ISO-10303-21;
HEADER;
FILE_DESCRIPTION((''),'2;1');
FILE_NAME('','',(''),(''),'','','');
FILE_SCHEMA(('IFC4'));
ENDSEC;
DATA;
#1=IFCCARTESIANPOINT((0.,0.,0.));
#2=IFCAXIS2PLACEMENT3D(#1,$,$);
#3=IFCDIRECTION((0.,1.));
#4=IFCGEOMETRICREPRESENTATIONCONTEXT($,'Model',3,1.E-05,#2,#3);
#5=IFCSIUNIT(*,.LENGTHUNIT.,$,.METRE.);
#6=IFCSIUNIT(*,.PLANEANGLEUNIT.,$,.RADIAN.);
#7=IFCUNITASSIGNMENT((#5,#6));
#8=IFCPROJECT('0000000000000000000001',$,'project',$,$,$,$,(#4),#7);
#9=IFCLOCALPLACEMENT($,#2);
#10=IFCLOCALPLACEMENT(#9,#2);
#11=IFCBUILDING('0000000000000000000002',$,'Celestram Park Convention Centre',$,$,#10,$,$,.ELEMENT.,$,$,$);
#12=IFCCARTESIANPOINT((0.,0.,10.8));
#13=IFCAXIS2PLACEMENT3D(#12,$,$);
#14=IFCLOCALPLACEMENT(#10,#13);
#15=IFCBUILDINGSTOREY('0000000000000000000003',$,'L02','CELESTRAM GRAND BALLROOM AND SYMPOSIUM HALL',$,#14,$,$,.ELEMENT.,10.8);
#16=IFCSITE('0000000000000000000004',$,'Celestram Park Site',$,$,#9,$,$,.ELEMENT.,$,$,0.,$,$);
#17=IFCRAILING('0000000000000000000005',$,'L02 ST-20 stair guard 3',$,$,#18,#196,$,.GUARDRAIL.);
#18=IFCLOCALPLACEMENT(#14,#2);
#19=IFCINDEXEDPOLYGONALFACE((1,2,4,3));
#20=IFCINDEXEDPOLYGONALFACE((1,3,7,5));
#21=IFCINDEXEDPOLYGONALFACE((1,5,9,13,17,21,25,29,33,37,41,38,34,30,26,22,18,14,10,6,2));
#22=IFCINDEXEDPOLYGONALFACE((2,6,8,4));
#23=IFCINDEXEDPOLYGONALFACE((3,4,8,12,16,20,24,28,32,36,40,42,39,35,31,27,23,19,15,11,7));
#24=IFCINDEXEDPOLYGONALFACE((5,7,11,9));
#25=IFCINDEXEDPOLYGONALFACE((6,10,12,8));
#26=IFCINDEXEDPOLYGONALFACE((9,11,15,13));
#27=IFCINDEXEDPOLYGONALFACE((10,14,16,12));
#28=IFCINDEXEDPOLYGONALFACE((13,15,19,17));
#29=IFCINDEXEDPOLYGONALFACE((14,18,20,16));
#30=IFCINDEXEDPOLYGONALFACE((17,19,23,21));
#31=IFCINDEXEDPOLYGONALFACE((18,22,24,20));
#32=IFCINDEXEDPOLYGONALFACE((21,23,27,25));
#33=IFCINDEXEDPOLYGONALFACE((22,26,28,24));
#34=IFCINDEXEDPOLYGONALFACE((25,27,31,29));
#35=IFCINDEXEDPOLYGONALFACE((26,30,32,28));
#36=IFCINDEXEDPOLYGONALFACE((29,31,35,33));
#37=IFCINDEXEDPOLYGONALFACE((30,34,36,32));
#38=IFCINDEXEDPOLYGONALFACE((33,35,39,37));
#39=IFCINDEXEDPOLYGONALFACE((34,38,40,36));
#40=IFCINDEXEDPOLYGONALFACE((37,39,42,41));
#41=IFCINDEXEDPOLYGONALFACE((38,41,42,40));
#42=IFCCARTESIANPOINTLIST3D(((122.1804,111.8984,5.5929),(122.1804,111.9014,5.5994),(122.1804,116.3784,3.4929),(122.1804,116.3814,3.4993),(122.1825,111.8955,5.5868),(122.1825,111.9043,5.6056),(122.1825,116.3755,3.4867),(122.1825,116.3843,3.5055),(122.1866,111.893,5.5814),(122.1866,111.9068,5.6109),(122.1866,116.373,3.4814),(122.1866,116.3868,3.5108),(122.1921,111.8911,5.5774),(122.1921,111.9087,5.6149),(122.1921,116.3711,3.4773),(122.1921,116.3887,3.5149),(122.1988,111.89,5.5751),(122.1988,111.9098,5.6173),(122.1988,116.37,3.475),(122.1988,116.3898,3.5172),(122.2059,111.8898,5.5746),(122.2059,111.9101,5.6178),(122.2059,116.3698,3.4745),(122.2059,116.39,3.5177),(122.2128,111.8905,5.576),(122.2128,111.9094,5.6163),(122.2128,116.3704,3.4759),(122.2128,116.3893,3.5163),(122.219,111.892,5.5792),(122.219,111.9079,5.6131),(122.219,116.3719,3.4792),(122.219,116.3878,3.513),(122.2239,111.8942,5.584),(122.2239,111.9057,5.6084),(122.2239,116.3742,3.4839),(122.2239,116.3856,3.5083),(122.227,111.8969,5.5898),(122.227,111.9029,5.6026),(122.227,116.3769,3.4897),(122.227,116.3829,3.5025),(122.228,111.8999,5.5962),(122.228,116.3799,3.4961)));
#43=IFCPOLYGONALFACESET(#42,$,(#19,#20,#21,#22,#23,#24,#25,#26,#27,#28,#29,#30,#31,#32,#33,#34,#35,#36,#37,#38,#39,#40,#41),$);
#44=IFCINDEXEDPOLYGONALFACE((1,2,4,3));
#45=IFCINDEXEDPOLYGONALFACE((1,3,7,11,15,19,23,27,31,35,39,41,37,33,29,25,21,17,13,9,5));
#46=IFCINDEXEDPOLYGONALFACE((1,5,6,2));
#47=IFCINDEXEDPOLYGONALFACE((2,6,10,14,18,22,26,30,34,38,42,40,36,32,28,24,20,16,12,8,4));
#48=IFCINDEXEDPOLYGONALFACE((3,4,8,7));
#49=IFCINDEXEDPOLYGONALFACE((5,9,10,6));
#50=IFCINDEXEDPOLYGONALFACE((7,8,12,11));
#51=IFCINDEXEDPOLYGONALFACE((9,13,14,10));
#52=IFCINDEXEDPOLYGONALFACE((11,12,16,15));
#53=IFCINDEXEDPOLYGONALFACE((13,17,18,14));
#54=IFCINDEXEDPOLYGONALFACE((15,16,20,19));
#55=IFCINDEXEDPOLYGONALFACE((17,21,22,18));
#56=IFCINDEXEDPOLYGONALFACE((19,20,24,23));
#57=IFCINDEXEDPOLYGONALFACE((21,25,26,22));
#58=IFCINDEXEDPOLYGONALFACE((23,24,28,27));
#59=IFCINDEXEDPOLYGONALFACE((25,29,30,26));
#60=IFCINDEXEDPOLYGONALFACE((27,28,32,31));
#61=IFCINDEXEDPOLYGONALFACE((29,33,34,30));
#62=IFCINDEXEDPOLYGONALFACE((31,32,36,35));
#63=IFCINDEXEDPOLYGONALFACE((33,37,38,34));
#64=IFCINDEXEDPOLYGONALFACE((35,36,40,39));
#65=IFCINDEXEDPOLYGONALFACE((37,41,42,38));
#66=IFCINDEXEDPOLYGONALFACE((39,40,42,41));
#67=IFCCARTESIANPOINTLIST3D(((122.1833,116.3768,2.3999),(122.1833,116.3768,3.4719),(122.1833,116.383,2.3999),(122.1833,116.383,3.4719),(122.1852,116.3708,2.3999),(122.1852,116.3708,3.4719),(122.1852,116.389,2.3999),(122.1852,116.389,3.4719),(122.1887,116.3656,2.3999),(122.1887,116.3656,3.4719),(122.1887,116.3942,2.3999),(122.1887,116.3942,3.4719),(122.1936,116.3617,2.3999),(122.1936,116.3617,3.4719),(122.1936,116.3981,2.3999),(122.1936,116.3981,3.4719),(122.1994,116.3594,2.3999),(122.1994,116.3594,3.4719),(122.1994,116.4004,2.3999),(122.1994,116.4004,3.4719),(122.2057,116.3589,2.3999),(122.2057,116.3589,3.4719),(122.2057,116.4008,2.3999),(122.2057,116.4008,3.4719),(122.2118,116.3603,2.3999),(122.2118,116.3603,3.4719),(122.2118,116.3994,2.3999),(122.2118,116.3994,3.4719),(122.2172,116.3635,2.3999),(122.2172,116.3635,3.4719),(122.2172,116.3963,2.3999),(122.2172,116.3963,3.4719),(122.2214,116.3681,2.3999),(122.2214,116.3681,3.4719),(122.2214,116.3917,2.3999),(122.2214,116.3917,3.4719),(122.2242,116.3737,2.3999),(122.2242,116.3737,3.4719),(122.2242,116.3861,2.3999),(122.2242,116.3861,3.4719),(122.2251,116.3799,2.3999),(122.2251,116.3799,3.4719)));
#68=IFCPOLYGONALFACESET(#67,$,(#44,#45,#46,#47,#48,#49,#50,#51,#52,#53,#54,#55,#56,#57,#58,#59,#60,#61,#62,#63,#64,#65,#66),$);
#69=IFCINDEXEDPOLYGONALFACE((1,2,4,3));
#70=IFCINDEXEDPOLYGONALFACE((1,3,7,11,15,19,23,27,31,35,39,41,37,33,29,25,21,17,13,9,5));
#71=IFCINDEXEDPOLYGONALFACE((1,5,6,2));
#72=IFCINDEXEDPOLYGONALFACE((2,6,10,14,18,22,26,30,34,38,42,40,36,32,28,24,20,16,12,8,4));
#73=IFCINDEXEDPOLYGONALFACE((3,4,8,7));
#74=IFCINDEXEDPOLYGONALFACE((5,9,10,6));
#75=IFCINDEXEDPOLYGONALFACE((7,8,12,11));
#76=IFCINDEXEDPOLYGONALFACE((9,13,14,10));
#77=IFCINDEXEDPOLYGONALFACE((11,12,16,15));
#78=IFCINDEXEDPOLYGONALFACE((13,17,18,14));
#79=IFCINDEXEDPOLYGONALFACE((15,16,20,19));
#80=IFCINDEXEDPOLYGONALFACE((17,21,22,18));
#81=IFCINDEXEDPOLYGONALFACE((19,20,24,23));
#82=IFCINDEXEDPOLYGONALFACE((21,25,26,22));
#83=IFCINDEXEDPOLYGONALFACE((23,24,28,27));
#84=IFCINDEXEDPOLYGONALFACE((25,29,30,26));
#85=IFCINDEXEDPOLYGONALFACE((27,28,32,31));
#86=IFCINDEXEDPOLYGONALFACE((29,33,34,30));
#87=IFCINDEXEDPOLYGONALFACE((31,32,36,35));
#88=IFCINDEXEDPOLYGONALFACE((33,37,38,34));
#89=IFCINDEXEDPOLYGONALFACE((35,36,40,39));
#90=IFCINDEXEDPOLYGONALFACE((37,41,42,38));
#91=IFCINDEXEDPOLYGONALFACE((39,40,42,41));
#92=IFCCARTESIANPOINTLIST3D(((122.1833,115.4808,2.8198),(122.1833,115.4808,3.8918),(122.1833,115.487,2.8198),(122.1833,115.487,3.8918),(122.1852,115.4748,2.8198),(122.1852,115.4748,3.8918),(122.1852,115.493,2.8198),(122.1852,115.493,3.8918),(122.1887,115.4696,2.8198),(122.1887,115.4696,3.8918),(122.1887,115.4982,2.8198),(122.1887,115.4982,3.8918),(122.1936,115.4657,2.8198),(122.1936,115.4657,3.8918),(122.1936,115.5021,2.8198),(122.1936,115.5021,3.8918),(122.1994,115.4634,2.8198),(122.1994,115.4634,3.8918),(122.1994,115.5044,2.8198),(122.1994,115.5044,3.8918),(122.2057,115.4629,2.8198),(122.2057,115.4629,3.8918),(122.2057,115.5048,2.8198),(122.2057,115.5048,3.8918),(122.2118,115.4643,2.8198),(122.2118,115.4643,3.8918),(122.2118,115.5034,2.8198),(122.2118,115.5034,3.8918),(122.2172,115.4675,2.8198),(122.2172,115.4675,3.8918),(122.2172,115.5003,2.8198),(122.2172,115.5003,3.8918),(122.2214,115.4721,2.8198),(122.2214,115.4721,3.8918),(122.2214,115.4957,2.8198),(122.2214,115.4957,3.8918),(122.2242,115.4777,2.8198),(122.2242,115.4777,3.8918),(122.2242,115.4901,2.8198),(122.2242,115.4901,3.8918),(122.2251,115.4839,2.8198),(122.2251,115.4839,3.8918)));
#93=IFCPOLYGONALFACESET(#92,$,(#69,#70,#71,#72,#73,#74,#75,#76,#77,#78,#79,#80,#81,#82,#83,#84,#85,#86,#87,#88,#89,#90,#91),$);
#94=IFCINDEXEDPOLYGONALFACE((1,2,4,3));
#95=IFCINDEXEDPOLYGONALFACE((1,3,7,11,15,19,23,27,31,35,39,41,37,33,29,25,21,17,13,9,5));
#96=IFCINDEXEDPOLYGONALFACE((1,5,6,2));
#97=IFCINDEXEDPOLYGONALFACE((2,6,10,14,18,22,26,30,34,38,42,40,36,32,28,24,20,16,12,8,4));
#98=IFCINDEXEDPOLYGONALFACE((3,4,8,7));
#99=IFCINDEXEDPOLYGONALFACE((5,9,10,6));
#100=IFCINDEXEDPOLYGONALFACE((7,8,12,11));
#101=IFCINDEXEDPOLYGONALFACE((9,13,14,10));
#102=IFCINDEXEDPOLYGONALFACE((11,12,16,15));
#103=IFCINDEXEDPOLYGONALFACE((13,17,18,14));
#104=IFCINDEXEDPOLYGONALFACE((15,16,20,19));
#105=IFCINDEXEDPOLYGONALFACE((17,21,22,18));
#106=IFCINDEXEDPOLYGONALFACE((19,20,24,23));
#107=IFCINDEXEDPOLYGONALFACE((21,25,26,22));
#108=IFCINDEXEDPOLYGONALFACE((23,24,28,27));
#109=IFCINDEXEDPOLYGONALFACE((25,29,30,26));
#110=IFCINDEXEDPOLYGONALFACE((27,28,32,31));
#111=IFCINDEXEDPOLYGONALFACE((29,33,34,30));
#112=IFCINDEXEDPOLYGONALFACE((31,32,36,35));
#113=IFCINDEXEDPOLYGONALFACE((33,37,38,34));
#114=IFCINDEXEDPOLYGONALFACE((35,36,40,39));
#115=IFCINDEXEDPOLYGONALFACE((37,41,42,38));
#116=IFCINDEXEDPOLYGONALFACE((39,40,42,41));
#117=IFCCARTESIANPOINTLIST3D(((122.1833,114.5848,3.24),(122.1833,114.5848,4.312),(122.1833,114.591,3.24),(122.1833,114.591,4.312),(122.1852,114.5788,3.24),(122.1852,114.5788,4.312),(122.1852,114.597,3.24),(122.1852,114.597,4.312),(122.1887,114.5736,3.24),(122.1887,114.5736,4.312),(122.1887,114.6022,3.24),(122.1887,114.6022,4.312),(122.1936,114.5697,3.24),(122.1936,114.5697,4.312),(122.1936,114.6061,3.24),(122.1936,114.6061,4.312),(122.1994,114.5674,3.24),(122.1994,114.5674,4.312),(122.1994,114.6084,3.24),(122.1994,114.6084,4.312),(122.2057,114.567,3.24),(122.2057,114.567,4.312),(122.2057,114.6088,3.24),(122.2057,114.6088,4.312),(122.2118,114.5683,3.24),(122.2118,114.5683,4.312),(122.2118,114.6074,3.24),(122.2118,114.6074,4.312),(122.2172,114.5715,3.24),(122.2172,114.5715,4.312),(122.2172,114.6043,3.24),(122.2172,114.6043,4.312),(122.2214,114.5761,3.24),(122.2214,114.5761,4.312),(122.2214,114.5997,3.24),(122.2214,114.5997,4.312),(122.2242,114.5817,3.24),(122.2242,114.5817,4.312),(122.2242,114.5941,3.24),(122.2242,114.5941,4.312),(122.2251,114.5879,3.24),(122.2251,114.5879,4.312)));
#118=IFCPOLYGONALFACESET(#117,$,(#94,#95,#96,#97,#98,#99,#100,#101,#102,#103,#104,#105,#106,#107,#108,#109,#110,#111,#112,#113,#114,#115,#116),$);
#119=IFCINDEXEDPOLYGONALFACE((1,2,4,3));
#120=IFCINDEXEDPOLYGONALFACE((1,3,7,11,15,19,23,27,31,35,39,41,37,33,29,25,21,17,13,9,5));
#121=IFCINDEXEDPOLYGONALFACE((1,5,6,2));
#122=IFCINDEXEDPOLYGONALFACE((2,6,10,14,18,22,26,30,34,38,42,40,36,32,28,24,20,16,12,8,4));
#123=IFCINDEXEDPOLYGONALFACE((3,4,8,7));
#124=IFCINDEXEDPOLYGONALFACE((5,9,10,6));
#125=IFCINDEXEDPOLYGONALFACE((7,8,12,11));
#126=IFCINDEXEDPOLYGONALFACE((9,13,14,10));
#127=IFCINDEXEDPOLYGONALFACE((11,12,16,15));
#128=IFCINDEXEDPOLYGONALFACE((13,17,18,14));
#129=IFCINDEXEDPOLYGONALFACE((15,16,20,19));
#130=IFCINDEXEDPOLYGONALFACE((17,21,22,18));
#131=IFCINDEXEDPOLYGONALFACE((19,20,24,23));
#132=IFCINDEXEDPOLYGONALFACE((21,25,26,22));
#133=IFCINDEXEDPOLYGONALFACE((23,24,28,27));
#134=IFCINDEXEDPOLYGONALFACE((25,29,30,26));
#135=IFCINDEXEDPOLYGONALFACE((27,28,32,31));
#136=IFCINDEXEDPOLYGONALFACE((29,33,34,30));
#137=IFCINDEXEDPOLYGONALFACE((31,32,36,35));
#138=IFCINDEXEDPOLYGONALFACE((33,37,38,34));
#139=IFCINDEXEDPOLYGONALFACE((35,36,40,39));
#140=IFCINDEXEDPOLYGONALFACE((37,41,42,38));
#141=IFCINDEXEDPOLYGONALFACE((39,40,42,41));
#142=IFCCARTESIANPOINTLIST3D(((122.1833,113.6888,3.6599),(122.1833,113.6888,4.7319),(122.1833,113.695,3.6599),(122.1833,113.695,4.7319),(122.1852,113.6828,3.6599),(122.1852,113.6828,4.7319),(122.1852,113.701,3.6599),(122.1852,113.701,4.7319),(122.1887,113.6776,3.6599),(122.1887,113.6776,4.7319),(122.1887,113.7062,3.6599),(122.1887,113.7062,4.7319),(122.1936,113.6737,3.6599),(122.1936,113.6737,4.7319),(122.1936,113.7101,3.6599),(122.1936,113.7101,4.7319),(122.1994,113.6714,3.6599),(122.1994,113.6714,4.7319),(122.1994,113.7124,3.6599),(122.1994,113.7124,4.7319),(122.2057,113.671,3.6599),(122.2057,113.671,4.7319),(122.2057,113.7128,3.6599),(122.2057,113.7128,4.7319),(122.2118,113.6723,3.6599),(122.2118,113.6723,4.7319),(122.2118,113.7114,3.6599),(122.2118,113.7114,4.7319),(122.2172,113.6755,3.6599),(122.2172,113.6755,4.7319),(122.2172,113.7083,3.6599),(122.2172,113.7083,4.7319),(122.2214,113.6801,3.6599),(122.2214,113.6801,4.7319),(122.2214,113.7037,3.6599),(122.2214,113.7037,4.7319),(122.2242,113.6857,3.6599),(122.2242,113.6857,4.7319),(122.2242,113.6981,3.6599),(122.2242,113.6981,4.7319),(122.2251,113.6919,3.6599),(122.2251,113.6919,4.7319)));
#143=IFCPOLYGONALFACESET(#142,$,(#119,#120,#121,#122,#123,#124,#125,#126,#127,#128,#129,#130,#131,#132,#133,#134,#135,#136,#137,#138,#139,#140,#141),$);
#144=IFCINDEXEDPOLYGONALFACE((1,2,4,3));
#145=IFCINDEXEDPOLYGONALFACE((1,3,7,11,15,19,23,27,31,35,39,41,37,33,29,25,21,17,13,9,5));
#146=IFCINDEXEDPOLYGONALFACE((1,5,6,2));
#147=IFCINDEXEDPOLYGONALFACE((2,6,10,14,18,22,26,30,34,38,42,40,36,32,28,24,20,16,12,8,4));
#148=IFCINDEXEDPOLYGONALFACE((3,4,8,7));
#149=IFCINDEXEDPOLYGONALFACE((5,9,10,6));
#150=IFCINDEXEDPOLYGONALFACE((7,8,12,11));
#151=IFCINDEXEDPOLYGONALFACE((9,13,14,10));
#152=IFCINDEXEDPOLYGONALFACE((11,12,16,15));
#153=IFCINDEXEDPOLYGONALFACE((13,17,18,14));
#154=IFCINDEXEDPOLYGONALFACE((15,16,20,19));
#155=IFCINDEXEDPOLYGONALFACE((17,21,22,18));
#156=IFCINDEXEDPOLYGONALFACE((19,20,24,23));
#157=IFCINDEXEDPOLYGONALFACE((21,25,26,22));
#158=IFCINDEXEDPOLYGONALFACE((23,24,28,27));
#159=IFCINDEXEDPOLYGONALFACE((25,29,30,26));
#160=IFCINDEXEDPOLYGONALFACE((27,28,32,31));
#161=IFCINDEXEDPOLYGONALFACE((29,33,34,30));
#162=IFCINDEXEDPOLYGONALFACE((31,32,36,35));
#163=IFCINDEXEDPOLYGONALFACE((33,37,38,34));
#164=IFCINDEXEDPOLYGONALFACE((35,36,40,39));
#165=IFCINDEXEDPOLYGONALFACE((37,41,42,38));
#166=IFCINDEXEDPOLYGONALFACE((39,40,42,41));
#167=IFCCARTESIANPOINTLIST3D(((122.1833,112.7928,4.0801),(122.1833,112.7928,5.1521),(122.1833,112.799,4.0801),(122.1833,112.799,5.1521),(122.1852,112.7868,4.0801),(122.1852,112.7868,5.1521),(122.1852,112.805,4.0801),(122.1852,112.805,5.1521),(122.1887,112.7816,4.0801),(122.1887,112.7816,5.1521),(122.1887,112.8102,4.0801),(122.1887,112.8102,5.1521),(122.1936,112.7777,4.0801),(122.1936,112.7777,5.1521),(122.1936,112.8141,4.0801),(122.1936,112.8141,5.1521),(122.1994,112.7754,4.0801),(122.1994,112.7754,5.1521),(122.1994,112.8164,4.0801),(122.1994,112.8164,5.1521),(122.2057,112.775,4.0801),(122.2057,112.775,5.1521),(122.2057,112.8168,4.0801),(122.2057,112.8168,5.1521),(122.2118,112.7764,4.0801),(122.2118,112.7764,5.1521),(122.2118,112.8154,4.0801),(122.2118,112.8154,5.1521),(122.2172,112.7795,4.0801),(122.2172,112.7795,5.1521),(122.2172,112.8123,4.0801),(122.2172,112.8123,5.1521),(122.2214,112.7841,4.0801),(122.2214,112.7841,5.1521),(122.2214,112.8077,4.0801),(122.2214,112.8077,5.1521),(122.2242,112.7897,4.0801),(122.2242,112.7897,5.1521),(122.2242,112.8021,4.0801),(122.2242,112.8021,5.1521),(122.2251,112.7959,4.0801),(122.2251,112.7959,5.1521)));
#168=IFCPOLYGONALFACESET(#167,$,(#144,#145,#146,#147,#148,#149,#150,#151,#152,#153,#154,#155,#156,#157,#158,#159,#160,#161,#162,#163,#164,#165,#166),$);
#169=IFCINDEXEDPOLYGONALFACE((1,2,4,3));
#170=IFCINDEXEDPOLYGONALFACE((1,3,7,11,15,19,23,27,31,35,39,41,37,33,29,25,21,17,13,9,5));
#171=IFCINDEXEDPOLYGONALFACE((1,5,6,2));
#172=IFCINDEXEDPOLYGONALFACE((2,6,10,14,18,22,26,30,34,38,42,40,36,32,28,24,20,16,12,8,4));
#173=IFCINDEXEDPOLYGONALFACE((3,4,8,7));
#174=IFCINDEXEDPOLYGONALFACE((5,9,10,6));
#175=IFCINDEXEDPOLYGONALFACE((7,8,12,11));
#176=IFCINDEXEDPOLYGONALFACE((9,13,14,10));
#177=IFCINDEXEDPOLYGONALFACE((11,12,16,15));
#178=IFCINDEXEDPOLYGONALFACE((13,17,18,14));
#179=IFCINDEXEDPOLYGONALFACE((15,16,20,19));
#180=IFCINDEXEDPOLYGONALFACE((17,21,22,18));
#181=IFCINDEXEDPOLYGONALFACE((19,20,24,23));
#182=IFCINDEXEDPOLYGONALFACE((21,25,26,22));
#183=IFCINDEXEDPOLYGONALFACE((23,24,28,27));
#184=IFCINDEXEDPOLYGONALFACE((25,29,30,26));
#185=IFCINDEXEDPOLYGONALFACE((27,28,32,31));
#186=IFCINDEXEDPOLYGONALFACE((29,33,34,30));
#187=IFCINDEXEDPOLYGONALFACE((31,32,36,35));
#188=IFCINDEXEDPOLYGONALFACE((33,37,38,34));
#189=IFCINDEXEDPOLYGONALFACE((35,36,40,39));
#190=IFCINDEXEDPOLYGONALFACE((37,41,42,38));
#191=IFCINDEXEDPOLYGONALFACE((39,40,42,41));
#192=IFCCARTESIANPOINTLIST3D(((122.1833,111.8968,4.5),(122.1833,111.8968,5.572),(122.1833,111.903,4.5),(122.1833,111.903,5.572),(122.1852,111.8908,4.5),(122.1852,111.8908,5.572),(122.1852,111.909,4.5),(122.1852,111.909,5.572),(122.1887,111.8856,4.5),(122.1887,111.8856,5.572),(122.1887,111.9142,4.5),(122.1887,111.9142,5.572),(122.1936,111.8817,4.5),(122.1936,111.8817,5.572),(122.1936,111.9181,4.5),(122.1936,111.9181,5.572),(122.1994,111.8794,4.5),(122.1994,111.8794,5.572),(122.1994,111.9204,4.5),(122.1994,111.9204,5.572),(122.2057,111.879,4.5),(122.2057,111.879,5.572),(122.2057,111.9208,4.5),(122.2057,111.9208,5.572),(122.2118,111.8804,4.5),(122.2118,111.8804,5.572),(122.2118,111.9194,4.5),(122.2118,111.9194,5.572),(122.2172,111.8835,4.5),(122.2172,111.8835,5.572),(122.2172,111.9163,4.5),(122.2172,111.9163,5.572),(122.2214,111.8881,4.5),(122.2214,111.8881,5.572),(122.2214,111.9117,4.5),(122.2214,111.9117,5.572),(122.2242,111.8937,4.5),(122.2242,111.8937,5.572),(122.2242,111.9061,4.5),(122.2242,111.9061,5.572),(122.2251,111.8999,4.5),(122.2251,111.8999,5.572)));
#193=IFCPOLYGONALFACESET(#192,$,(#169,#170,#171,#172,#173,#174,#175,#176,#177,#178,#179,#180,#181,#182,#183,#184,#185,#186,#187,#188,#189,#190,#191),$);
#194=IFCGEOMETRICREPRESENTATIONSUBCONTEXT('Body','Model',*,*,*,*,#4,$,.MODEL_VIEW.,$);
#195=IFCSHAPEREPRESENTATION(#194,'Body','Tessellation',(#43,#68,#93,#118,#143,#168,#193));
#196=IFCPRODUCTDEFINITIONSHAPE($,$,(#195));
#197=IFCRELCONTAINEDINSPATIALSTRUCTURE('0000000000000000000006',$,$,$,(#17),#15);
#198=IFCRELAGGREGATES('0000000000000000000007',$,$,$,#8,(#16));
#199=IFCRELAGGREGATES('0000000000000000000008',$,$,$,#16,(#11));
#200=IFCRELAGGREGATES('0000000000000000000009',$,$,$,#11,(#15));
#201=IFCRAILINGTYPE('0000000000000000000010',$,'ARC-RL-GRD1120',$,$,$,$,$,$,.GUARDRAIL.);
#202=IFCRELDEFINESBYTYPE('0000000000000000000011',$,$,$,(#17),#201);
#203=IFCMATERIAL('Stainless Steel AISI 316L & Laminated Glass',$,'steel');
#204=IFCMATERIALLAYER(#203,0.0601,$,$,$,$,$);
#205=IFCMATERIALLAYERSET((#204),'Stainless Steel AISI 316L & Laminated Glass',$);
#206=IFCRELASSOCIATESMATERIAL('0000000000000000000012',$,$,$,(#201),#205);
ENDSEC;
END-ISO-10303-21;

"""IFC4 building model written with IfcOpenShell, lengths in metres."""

from ifc_helpers import new_model, si_unit, direction, frame, origin, origin_2d, place, context, subcontext, project, spatial, circle, extrude, material, layer, layer_set, type_object, element, save


model = new_model("IFC4")

# Units and contexts
model_context = context("Model", 3, precision=1e-05, world=origin(), true_north=direction((0.0, 1.0)))
body_context = subcontext(model_context, "Body", "Model", "MODEL_VIEW")
ifc_project = project(units=[si_unit("LENGTHUNIT", "METRE"), si_unit("PLANEANGLEUNIT", "RADIAN")], contexts=[model_context])

# Site, building, storey
site_placement = place(None, origin())
site = spatial("IfcSite", under=ifc_project, at=site_placement, Name="Celestram Park Site", CompositionType="ELEMENT", RefElevation=0.0)
building_placement = place(site_placement, origin())
building = spatial("IfcBuilding", under=site, at=building_placement, Name="Celestram Park Convention Centre", CompositionType="ELEMENT")
storey_placement = place(building_placement, frame((0.0, 0.0, 10.8)))
storey = spatial("IfcBuildingStorey", under=building, at=storey_placement, Name="L02", Description="CELESTRAM GRAND BALLROOM AND SYMPOSIUM HALL", CompositionType="ELEMENT", Elevation=10.8)

# Railing
ifc_material_1 = material(Name="Stainless Steel AISI 316L & Laminated Glass", Category="steel")
ifc_layer_1 = layer(ifc_material_1, 0.0601)
ifc_layer_set_1 = layer_set([ifc_layer_1], Name="Stainless Steel AISI 316L & Laminated Glass")
railing_type_1 = type_object("IfcRailingType", Name="ARC-RL-GRD1120", PredefinedType="GUARDRAIL", material=ifc_layer_set_1)
railing_1_placement = place(storey_placement, frame((122.2041, 116.3799, 2.3999)))
element("IfcRailing", 1, at=railing_1_placement, inside=storey, type_object=railing_type_1, Name="L02 ST-20 stair guard 3", PredefinedType="GUARDRAIL", context=body_context, shape_type="SweptSolid", body=[
    extrude(circle(Radius=0.0239, at=origin_2d()), frame((0.0, 0.0, 1.0962), z_axis=(0.0, -0.905451, 0.424452), x_axis=(1.0, 0.0, 0.0)), (0.0, 0.0, 1.0), 4.9478),
    extrude(circle(Radius=0.021, at=origin_2d()), origin(), (0.0, 0.0, 1.0), 1.072),
    extrude(circle(Radius=0.021, at=origin_2d()), frame((0.0, -0.896, 0.4199)), (0.0, 0.0, 1.0), 1.072),
    extrude(circle(Radius=0.021, at=origin_2d()), frame((0.0, -1.792, 0.8401)), (0.0, 0.0, 1.0), 1.072),
    extrude(circle(Radius=0.021, at=origin_2d()), frame((0.0, -2.688, 1.26)), (0.0, 0.0, 1.0), 1.072),
    extrude(circle(Radius=0.021, at=origin_2d()), frame((0.0, -3.584, 1.6802)), (0.0, 0.0, 1.0), 1.072),
    extrude(circle(Radius=0.021, at=origin_2d()), frame((0.0, -4.48, 2.1001)), (0.0, 0.0, 1.0), 1.072),
])

save(model, "model.ifc")
